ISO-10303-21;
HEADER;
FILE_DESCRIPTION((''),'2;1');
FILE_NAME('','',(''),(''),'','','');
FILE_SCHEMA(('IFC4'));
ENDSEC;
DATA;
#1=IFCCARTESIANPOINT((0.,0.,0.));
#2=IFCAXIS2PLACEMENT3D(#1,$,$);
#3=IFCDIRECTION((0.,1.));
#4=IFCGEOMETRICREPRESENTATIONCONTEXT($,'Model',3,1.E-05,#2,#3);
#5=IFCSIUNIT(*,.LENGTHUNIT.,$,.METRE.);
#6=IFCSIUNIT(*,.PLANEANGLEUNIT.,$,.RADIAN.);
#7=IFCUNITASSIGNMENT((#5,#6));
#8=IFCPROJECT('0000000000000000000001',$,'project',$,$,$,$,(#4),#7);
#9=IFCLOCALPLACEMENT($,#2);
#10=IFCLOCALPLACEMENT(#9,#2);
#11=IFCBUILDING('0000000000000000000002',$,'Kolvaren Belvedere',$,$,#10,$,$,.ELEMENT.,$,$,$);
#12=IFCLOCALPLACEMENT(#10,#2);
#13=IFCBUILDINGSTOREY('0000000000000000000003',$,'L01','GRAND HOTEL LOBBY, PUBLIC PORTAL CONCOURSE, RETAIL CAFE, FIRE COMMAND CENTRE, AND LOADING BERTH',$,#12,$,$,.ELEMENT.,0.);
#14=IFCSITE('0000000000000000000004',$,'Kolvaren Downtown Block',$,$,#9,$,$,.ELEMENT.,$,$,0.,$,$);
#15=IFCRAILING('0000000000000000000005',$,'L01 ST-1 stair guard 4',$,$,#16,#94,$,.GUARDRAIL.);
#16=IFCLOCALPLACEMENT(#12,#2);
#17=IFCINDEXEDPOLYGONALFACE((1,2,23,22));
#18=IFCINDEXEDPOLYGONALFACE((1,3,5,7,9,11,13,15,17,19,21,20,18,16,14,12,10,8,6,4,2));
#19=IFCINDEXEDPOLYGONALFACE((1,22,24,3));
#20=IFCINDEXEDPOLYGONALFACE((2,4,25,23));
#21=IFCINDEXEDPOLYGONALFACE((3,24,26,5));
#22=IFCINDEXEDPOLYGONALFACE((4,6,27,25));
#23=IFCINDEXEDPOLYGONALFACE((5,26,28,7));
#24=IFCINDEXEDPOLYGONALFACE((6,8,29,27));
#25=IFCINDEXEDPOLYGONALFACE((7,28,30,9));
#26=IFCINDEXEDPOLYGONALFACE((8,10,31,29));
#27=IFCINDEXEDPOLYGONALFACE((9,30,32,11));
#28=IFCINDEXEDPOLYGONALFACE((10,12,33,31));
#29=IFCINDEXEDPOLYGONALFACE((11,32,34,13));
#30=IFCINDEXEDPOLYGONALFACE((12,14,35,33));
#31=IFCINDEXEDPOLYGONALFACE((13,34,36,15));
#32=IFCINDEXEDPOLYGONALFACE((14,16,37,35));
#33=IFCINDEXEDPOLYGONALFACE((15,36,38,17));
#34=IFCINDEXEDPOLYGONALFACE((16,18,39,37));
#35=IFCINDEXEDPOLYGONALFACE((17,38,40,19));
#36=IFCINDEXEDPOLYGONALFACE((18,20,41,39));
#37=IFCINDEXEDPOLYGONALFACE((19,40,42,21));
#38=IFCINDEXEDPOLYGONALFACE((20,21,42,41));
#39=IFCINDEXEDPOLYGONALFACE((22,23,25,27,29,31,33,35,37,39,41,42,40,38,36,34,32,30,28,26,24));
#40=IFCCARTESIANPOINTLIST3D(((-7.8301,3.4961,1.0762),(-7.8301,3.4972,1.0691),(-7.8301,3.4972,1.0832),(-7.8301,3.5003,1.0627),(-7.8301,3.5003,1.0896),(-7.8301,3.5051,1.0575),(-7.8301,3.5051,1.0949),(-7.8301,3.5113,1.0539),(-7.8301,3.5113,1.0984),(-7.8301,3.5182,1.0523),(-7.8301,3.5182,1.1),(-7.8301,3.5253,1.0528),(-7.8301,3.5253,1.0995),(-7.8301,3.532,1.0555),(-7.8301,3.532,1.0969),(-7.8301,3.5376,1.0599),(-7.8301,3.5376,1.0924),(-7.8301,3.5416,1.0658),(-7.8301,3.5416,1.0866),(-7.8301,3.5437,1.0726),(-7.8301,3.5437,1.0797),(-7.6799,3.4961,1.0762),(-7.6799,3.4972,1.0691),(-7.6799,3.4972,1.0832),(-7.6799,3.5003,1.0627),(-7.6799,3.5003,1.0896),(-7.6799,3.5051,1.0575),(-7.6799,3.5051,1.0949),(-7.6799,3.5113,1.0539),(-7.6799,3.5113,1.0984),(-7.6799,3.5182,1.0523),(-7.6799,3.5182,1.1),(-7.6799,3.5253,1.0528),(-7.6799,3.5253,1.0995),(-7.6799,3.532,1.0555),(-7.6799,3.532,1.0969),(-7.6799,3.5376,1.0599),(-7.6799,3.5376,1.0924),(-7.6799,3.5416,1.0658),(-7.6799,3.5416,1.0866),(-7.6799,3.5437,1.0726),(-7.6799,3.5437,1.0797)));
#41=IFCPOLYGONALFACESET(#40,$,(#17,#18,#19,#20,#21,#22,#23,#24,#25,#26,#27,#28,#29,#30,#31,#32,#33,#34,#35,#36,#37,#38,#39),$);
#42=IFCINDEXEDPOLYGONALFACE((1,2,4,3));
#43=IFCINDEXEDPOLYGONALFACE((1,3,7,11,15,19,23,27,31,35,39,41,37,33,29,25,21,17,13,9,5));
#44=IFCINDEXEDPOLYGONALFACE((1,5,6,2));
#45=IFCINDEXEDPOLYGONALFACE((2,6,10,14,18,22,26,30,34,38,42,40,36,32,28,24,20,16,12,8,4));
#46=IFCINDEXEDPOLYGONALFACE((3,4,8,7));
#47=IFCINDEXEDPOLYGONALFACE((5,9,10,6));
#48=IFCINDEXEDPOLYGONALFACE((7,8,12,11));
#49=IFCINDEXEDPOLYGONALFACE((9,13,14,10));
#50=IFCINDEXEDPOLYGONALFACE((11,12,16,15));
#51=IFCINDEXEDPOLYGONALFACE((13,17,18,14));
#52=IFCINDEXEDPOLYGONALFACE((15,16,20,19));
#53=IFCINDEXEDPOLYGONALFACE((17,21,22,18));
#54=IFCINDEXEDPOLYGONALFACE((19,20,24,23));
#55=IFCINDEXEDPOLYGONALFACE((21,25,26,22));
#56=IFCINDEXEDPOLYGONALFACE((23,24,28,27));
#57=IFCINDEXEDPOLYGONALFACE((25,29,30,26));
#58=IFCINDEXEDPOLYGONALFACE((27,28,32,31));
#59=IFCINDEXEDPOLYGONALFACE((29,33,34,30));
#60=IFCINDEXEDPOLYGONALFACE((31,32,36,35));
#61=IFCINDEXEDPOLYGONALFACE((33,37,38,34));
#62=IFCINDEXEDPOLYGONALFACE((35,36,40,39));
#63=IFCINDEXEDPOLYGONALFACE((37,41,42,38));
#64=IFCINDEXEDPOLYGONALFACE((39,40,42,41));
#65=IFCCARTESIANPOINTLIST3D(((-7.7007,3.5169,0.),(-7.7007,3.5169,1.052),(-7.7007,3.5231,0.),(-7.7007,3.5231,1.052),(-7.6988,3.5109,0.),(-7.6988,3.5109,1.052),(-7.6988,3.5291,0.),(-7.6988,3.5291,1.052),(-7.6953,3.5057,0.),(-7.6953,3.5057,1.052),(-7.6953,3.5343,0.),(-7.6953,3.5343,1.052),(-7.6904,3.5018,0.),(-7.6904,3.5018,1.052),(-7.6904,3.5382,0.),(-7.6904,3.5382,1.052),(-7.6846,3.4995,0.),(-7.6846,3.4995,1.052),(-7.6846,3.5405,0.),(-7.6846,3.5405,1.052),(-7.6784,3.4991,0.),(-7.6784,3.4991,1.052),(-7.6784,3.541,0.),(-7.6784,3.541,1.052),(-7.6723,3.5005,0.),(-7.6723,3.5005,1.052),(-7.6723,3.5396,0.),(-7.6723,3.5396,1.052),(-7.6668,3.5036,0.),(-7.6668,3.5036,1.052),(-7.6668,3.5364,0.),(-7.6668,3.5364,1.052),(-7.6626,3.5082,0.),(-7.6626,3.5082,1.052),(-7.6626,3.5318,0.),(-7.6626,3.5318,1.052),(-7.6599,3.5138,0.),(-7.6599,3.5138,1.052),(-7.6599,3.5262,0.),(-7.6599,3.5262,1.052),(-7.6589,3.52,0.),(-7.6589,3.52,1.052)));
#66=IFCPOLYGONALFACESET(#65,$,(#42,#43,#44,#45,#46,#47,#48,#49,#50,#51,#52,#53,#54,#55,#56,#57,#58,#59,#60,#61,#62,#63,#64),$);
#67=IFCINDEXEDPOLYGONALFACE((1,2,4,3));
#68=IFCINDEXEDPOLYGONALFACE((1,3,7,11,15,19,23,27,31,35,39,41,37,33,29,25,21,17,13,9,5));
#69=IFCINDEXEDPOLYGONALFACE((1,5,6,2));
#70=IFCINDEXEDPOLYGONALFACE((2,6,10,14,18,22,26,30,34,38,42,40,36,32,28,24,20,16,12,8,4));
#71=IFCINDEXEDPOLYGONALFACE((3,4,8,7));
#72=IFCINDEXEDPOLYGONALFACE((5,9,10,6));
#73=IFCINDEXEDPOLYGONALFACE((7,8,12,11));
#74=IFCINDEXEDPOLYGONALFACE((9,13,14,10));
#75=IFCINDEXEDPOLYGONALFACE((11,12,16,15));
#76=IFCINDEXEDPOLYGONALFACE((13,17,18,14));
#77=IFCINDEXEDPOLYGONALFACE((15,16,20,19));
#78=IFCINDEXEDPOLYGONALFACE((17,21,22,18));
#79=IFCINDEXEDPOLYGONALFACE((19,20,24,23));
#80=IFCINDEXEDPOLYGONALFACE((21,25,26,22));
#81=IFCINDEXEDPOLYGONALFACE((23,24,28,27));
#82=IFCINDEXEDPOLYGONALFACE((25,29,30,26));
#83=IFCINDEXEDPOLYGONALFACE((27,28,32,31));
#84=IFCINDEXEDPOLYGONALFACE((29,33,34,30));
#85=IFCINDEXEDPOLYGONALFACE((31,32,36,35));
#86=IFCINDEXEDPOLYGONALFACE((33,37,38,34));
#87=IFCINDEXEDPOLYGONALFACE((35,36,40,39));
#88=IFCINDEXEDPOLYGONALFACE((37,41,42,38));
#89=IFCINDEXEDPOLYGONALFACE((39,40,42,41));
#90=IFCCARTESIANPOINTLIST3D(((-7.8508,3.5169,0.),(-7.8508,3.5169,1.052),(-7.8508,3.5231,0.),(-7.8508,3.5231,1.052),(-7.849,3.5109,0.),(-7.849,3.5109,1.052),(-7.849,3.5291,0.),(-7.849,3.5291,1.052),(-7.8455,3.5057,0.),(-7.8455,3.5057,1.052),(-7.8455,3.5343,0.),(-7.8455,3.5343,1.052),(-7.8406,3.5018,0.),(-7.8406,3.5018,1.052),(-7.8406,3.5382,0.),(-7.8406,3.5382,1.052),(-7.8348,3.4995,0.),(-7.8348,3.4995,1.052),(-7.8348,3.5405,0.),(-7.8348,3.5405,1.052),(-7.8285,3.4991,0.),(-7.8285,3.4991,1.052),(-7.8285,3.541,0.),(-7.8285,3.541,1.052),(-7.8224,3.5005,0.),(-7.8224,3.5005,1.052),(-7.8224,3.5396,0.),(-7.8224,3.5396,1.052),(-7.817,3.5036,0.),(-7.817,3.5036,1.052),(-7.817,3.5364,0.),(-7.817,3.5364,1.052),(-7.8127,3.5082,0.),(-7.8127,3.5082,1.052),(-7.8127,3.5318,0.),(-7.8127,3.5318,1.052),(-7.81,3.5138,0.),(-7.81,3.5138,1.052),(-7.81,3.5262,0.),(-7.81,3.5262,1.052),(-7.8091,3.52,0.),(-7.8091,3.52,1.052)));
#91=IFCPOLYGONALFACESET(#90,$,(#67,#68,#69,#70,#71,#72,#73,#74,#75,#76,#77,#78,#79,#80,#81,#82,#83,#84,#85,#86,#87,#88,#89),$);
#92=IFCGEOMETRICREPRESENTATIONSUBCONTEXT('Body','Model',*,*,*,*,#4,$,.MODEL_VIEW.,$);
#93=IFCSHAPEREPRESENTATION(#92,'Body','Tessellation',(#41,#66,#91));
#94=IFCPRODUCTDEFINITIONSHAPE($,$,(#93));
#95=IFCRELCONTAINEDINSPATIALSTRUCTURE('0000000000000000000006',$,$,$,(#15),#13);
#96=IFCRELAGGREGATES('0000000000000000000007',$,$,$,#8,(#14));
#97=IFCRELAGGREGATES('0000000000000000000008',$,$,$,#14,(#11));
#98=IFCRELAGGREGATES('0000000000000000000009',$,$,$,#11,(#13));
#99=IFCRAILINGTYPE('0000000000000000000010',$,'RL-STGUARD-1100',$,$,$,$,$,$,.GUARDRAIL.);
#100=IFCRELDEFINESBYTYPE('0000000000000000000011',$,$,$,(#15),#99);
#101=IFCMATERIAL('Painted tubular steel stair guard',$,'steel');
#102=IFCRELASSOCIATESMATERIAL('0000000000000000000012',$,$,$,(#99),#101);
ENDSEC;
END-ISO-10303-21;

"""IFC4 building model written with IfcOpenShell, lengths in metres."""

from ifc_helpers import new_model, si_unit, direction, frame, origin, origin_2d, place, context, subcontext, project, spatial, circle, extrude, material, type_object, element, save


model = new_model("IFC4")

# Units and contexts
model_context = context("Model", 3, precision=1e-05, world=origin(), true_north=direction((0.0, 1.0)))
body_context = subcontext(model_context, "Body", "Model", "MODEL_VIEW")
ifc_project = project(units=[si_unit("LENGTHUNIT", "METRE"), si_unit("PLANEANGLEUNIT", "RADIAN")], contexts=[model_context])

# Site, building, storey
site_placement = place(None, origin())
site = spatial("IfcSite", under=ifc_project, at=site_placement, Name="Kolvaren Downtown Block", CompositionType="ELEMENT", RefElevation=0.0)
building_placement = place(site_placement, origin())
building = spatial("IfcBuilding", under=site, at=building_placement, Name="Kolvaren Belvedere", CompositionType="ELEMENT")
storey_placement = place(building_placement, origin())
storey = spatial("IfcBuildingStorey", under=building, at=storey_placement, Name="L01", Description="GRAND HOTEL LOBBY, PUBLIC PORTAL CONCOURSE, RETAIL CAFE, FIRE COMMAND CENTRE, AND LOADING BERTH", CompositionType="ELEMENT", Elevation=0.0)

# Railing
ifc_material_1 = material(Name="Painted tubular steel stair guard", Category="steel")
railing_type_1 = type_object("IfcRailingType", Name="RL-STGUARD-1100", PredefinedType="GUARDRAIL", material=ifc_material_1)
railing_1_placement = place(storey_placement, frame((-7.6799, 3.52, 0.0)))
element("IfcRailing", 1, at=railing_1_placement, inside=storey, type_object=railing_type_1, Name="L01 ST-1 stair guard 4", PredefinedType="GUARDRAIL", context=body_context, shape_type="SweptSolid", body=[
    extrude(circle(Radius=0.0239, at=origin_2d()), frame((0.0, 0.0, 1.0762), z_axis=(-1.0, 0.0, 0.0), x_axis=(0.0, -1.0, 0.0)), (0.0, 0.0, 1.0), 0.1501),
    extrude(circle(Radius=0.021, at=origin_2d()), origin(), (0.0, 0.0, 1.0), 1.052),
    extrude(circle(Radius=0.021, at=origin_2d()), frame((-0.1501, 0.0, 0.0)), (0.0, 0.0, 1.0), 1.052),
])

save(model, "model.ifc")
